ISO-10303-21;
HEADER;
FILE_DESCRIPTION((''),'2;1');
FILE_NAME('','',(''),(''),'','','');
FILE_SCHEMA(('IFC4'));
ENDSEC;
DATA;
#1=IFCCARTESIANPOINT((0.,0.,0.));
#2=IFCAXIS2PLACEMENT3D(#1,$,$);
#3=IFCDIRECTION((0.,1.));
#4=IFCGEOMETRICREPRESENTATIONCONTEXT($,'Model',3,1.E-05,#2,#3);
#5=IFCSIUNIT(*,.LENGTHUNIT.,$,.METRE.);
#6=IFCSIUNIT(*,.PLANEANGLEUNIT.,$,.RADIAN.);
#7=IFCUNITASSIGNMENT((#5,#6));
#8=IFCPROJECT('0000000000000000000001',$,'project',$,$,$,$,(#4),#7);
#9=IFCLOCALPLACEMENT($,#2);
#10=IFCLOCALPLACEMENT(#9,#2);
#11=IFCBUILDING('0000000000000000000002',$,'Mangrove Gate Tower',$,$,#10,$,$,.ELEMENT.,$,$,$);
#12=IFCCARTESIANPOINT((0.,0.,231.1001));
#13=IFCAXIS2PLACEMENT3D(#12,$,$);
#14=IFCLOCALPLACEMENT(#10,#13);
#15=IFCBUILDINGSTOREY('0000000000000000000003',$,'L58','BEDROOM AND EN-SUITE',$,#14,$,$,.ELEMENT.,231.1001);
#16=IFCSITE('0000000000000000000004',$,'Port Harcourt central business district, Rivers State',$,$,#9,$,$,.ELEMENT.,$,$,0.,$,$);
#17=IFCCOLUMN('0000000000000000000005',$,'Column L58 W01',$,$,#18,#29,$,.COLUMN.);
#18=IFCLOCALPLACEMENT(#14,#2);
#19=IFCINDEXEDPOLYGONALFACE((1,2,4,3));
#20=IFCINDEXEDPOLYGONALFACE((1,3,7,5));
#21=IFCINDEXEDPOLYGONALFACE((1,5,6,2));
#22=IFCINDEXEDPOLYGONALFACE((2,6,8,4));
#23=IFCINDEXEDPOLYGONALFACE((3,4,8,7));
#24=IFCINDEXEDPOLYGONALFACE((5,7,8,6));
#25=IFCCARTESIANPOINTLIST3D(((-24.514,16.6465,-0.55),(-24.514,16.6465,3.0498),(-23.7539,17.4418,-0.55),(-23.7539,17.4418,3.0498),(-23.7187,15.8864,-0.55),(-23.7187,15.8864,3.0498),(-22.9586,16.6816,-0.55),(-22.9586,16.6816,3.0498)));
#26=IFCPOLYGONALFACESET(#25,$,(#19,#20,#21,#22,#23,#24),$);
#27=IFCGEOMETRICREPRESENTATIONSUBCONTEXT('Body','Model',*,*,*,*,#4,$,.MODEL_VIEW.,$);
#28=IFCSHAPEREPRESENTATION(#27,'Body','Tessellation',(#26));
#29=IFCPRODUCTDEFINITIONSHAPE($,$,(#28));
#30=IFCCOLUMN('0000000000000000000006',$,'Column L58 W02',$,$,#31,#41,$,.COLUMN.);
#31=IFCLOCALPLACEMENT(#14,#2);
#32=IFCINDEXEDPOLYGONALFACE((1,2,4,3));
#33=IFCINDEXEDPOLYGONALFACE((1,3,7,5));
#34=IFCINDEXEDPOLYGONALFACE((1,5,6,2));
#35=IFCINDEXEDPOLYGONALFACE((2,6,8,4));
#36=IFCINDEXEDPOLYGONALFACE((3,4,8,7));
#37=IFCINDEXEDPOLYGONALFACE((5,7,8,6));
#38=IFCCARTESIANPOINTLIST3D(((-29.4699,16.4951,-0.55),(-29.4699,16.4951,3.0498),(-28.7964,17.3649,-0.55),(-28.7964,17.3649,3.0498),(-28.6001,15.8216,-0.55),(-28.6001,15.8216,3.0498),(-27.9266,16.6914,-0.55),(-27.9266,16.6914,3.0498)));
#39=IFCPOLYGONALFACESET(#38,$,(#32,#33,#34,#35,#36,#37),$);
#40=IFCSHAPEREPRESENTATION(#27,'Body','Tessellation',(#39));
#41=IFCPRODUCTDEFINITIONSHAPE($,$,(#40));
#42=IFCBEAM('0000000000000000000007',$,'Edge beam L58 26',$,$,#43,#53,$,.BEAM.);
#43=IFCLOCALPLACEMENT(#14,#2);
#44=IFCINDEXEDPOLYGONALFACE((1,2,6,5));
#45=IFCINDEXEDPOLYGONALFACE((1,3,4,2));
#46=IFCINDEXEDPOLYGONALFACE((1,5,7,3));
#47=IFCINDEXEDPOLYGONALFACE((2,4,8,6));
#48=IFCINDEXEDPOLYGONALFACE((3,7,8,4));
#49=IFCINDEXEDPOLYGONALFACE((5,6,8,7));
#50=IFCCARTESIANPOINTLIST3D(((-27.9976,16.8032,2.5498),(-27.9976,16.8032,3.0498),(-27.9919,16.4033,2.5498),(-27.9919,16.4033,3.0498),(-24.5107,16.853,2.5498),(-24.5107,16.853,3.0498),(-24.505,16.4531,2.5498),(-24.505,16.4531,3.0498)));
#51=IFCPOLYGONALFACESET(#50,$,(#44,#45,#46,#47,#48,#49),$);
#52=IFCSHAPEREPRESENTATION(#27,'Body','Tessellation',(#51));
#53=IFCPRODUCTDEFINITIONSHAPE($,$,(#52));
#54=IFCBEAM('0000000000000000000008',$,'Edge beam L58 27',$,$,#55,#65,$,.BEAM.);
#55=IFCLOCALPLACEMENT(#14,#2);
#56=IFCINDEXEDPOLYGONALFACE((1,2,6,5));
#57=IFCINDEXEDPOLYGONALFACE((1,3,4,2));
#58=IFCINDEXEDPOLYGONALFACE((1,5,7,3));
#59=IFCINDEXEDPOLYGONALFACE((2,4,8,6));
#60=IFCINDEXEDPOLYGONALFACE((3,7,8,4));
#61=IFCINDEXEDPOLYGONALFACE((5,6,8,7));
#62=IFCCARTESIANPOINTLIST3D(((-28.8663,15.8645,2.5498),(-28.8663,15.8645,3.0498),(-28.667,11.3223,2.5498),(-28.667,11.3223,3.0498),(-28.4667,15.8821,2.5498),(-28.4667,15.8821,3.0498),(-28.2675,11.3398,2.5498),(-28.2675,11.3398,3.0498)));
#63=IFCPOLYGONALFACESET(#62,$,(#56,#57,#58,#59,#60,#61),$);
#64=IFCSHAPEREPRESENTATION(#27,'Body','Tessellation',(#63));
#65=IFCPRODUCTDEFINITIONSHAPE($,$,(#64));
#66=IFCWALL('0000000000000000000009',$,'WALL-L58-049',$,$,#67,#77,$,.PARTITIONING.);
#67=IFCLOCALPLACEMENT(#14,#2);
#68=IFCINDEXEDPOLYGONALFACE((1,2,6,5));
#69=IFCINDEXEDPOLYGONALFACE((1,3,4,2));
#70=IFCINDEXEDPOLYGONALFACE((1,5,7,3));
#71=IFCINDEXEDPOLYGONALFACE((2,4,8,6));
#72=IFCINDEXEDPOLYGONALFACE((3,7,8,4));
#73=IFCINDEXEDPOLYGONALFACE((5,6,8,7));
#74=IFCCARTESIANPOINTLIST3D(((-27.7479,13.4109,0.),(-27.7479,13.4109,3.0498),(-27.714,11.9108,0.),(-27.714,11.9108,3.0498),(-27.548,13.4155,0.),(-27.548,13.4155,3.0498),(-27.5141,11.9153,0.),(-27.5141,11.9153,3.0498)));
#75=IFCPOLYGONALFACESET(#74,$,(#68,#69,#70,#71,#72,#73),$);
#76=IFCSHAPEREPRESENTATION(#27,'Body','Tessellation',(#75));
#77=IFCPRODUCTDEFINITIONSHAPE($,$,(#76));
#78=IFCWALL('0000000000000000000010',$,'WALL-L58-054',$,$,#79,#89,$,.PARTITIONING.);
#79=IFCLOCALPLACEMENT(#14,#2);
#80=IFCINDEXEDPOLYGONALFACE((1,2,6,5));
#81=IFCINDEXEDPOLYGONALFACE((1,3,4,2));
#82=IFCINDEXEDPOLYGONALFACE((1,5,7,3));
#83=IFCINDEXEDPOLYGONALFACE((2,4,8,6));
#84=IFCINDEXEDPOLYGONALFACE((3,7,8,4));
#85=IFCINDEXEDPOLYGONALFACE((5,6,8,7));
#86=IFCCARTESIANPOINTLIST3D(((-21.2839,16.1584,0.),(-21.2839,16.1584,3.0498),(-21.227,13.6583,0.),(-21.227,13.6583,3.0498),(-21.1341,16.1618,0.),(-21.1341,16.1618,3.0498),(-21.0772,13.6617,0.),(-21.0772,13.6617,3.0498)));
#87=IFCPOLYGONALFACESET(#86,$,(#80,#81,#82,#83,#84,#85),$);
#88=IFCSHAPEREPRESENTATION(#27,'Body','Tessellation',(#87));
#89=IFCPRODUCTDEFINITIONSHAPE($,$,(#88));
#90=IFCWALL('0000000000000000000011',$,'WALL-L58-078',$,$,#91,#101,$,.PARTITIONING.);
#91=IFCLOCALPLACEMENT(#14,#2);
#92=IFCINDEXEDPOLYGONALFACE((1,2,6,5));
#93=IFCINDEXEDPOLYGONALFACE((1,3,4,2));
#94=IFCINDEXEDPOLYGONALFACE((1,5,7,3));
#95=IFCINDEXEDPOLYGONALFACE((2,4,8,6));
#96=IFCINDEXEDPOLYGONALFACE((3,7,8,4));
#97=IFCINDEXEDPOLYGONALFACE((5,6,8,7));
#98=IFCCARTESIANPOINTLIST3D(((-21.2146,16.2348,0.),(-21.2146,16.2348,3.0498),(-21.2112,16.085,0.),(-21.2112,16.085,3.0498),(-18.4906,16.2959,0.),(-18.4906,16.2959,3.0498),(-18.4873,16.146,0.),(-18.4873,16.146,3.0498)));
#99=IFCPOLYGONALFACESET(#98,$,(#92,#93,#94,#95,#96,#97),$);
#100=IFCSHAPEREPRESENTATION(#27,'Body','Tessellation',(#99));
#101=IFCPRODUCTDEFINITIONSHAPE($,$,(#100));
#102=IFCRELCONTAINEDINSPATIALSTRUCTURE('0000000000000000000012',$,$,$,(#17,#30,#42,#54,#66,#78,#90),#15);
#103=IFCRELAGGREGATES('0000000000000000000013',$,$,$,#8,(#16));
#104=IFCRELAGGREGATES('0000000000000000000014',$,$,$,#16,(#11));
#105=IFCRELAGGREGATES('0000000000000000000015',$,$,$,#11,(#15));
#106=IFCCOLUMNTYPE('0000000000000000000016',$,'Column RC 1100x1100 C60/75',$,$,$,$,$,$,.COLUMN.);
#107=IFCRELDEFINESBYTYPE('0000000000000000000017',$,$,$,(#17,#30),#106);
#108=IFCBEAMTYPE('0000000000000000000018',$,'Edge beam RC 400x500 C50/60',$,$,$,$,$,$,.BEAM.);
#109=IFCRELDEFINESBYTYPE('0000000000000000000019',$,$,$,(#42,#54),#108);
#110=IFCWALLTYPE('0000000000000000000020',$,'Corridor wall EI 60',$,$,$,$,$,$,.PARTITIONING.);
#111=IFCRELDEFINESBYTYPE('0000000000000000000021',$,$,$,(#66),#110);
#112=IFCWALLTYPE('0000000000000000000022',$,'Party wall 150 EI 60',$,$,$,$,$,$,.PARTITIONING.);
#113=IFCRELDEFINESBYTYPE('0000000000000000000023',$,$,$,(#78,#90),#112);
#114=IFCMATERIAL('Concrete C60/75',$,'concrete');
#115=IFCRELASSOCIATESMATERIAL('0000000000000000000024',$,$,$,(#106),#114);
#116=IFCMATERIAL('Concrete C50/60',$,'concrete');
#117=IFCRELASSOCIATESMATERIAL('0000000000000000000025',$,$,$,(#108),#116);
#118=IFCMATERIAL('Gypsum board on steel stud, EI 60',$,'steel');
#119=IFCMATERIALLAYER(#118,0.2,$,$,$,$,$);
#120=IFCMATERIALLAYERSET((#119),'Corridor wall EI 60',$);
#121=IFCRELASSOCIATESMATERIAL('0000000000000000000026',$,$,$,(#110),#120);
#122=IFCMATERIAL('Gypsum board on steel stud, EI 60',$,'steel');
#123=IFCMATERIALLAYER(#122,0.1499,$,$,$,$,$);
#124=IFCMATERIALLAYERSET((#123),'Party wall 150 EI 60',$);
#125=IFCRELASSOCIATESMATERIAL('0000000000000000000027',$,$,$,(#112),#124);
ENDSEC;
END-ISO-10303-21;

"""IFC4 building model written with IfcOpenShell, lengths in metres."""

from ifc_helpers import new_model, si_unit, direction, frame, frame_2d, origin, origin_2d, place, context, subcontext, project, spatial, rectangle, extrude, material, layer, layer_set, material_profile, profile_set, type_object, element, save


model = new_model("IFC4")

# Units and contexts
model_context = context("Model", 3, precision=1e-05, world=origin(), true_north=direction((0.0, 1.0)))
body_context = subcontext(model_context, "Body", "Model", "MODEL_VIEW")
ifc_project = project(units=[si_unit("LENGTHUNIT", "METRE"), si_unit("PLANEANGLEUNIT", "RADIAN")], contexts=[model_context])

# Site, building, storey
site_placement = place(None, origin())
site = spatial("IfcSite", under=ifc_project, at=site_placement, Name="Port Harcourt central business district, Rivers State", CompositionType="ELEMENT", RefElevation=0.0)
building_placement = place(site_placement, origin())
building = spatial("IfcBuilding", under=site, at=building_placement, Name="Mangrove Gate Tower", CompositionType="ELEMENT")
storey_placement = place(building_placement, frame((0.0, 0.0, 231.1001)))
storey = spatial("IfcBuildingStorey", under=building, at=storey_placement, Name="L58", Description="BEDROOM AND EN-SUITE", CompositionType="ELEMENT", Elevation=231.1001)

# Columns
ifc_material_1 = material(Name="Concrete C60/75", Category="concrete")
ifc_material_profile_1 = material_profile(ifc_material_1, rectangle(XDim=1.1001, YDim=1.1001, at=origin_2d()))
ifc_profile_set_1 = profile_set([ifc_material_profile_1], Name="Concrete C60/75")
column_type = type_object("IfcColumnType", Name="Column RC 1100x1100 C60/75", PredefinedType="COLUMN", material=ifc_profile_set_1)
for number, where, z_axis, x_axis, name in (
    (1, (-23.7363, 16.6641, -0.55), (0.0, 0.0, 1.0), (-0.690946, -0.722906, 0.0), "Column L58 W01"),
    (2, (-28.6982, 16.5933, -0.55), (0.0, 0.0, 1.0), (-0.612247, -0.790667, 0.0), "Column L58 W02"),
):
    element("IfcColumn", number, at=place(storey_placement, frame(where, z_axis=z_axis, x_axis=x_axis)), inside=storey, type_object=column_type, Name=name, PredefinedType="COLUMN", context=body_context, shape_type="SweptSolid", body=[
        extrude(rectangle(XDim=1.1001, YDim=1.1001, at=origin_2d()), origin(), (0.0, 0.0, 1.0), 3.5999),
    ])

# Beams
ifc_material_2 = material(Name="Concrete C50/60", Category="concrete")
ifc_material_profile_2 = material_profile(ifc_material_2, rectangle(XDim=0.3999, YDim=0.5, at=origin_2d()))
ifc_profile_set_2 = profile_set([ifc_material_profile_2], Name="Concrete C50/60")
beam_type = type_object("IfcBeamType", Name="Edge beam RC 400x500 C50/60", PredefinedType="BEAM", material=ifc_profile_set_2)
beam_1_placement = place(storey_placement, frame((-24.5078, 16.6531, 2.7998), z_axis=(-0.999898, -0.014281, 0.0), x_axis=(0.014281, -0.999898, 0.0)))
element("IfcBeam", 3, at=beam_1_placement, inside=storey, type_object=beam_type, Name="Edge beam L58 26", PredefinedType="BEAM", context=body_context, shape_type="SweptSolid", body=[
    extrude(rectangle(XDim=0.3999, YDim=0.5, at=origin_2d()), origin(), (0.0, 0.0, 1.0), 3.4873),
])
beam_2_placement = place(storey_placement, frame((-28.6665, 15.8733, 2.7998), z_axis=(0.043817, -0.99904, 0.0), x_axis=(0.99904, 0.043817, 0.0)))
element("IfcBeam", 4, at=beam_2_placement, inside=storey, type_object=beam_type, Name="Edge beam L58 27", PredefinedType="BEAM", context=body_context, shape_type="SweptSolid", body=[
    extrude(rectangle(XDim=0.3999, YDim=0.5, at=origin_2d()), origin(), (0.0, 0.0, 1.0), 4.5466),
])

# Wall
ifc_material_3 = material(Name="Gypsum board on steel stud, EI 60", Category="steel")
ifc_layer_1 = layer(ifc_material_3, 0.2)
ifc_layer_set_1 = layer_set([ifc_layer_1], Name="Corridor wall EI 60")
wall_type_1 = type_object("IfcWallType", Name="Corridor wall EI 60", PredefinedType="PARTITIONING", material=ifc_layer_set_1)
wall_1_placement = place(storey_placement, frame((-27.614, 11.9131, 0.0), z_axis=(0.0, 0.0, 1.0), x_axis=(-0.022618, 0.999744, 0.0)))
element("IfcWall", 5, at=wall_1_placement, inside=storey, type_object=wall_type_1, Name="WALL-L58-049", PredefinedType="PARTITIONING", context=body_context, shape_type="SweptSolid", body=[
    extrude(rectangle(XDim=1.5005, YDim=0.2, at=frame_2d((0.7502, 0.0))), origin(), (0.0, 0.0, 1.0), 3.0498),
])

# Walls
ifc_material_4 = material(Name="Gypsum board on steel stud, EI 60", Category="steel")
ifc_layer_2 = layer(ifc_material_4, 0.1499)
ifc_layer_set_2 = layer_set([ifc_layer_2], Name="Party wall 150 EI 60")
wall_type_2 = type_object("IfcWallType", Name="Party wall 150 EI 60", PredefinedType="PARTITIONING", material=ifc_layer_set_2)
wall_2_placement = place(storey_placement, frame((-21.1521, 13.6599, 0.0), z_axis=(0.0, 0.0, 1.0), x_axis=(-0.022748, 0.999741, 0.0)))
element("IfcWall", 6, at=wall_2_placement, inside=storey, type_object=wall_type_2, Name="WALL-L58-054", PredefinedType="PARTITIONING", context=body_context, shape_type="SweptSolid", body=[
    extrude(rectangle(XDim=2.5007, YDim=0.1499, at=frame_2d((1.2505, 0.0))), origin(), (0.0, 0.0, 1.0), 3.0498),
])
wall_3_placement = place(storey_placement, frame((-21.2129, 16.1599, 0.0), z_axis=(0.0, 0.0, 1.0), x_axis=(0.999749, 0.022402, 0.0)))
element("IfcWall", 7, at=wall_3_placement, inside=storey, type_object=wall_type_2, Name="WALL-L58-078", PredefinedType="PARTITIONING", context=body_context, shape_type="SweptSolid", body=[
    extrude(rectangle(XDim=2.7246, YDim=0.1499, at=frame_2d((1.3623, 0.0))), origin(), (0.0, 0.0, 1.0), 3.0498),
])

save(model, "model.ifc")
